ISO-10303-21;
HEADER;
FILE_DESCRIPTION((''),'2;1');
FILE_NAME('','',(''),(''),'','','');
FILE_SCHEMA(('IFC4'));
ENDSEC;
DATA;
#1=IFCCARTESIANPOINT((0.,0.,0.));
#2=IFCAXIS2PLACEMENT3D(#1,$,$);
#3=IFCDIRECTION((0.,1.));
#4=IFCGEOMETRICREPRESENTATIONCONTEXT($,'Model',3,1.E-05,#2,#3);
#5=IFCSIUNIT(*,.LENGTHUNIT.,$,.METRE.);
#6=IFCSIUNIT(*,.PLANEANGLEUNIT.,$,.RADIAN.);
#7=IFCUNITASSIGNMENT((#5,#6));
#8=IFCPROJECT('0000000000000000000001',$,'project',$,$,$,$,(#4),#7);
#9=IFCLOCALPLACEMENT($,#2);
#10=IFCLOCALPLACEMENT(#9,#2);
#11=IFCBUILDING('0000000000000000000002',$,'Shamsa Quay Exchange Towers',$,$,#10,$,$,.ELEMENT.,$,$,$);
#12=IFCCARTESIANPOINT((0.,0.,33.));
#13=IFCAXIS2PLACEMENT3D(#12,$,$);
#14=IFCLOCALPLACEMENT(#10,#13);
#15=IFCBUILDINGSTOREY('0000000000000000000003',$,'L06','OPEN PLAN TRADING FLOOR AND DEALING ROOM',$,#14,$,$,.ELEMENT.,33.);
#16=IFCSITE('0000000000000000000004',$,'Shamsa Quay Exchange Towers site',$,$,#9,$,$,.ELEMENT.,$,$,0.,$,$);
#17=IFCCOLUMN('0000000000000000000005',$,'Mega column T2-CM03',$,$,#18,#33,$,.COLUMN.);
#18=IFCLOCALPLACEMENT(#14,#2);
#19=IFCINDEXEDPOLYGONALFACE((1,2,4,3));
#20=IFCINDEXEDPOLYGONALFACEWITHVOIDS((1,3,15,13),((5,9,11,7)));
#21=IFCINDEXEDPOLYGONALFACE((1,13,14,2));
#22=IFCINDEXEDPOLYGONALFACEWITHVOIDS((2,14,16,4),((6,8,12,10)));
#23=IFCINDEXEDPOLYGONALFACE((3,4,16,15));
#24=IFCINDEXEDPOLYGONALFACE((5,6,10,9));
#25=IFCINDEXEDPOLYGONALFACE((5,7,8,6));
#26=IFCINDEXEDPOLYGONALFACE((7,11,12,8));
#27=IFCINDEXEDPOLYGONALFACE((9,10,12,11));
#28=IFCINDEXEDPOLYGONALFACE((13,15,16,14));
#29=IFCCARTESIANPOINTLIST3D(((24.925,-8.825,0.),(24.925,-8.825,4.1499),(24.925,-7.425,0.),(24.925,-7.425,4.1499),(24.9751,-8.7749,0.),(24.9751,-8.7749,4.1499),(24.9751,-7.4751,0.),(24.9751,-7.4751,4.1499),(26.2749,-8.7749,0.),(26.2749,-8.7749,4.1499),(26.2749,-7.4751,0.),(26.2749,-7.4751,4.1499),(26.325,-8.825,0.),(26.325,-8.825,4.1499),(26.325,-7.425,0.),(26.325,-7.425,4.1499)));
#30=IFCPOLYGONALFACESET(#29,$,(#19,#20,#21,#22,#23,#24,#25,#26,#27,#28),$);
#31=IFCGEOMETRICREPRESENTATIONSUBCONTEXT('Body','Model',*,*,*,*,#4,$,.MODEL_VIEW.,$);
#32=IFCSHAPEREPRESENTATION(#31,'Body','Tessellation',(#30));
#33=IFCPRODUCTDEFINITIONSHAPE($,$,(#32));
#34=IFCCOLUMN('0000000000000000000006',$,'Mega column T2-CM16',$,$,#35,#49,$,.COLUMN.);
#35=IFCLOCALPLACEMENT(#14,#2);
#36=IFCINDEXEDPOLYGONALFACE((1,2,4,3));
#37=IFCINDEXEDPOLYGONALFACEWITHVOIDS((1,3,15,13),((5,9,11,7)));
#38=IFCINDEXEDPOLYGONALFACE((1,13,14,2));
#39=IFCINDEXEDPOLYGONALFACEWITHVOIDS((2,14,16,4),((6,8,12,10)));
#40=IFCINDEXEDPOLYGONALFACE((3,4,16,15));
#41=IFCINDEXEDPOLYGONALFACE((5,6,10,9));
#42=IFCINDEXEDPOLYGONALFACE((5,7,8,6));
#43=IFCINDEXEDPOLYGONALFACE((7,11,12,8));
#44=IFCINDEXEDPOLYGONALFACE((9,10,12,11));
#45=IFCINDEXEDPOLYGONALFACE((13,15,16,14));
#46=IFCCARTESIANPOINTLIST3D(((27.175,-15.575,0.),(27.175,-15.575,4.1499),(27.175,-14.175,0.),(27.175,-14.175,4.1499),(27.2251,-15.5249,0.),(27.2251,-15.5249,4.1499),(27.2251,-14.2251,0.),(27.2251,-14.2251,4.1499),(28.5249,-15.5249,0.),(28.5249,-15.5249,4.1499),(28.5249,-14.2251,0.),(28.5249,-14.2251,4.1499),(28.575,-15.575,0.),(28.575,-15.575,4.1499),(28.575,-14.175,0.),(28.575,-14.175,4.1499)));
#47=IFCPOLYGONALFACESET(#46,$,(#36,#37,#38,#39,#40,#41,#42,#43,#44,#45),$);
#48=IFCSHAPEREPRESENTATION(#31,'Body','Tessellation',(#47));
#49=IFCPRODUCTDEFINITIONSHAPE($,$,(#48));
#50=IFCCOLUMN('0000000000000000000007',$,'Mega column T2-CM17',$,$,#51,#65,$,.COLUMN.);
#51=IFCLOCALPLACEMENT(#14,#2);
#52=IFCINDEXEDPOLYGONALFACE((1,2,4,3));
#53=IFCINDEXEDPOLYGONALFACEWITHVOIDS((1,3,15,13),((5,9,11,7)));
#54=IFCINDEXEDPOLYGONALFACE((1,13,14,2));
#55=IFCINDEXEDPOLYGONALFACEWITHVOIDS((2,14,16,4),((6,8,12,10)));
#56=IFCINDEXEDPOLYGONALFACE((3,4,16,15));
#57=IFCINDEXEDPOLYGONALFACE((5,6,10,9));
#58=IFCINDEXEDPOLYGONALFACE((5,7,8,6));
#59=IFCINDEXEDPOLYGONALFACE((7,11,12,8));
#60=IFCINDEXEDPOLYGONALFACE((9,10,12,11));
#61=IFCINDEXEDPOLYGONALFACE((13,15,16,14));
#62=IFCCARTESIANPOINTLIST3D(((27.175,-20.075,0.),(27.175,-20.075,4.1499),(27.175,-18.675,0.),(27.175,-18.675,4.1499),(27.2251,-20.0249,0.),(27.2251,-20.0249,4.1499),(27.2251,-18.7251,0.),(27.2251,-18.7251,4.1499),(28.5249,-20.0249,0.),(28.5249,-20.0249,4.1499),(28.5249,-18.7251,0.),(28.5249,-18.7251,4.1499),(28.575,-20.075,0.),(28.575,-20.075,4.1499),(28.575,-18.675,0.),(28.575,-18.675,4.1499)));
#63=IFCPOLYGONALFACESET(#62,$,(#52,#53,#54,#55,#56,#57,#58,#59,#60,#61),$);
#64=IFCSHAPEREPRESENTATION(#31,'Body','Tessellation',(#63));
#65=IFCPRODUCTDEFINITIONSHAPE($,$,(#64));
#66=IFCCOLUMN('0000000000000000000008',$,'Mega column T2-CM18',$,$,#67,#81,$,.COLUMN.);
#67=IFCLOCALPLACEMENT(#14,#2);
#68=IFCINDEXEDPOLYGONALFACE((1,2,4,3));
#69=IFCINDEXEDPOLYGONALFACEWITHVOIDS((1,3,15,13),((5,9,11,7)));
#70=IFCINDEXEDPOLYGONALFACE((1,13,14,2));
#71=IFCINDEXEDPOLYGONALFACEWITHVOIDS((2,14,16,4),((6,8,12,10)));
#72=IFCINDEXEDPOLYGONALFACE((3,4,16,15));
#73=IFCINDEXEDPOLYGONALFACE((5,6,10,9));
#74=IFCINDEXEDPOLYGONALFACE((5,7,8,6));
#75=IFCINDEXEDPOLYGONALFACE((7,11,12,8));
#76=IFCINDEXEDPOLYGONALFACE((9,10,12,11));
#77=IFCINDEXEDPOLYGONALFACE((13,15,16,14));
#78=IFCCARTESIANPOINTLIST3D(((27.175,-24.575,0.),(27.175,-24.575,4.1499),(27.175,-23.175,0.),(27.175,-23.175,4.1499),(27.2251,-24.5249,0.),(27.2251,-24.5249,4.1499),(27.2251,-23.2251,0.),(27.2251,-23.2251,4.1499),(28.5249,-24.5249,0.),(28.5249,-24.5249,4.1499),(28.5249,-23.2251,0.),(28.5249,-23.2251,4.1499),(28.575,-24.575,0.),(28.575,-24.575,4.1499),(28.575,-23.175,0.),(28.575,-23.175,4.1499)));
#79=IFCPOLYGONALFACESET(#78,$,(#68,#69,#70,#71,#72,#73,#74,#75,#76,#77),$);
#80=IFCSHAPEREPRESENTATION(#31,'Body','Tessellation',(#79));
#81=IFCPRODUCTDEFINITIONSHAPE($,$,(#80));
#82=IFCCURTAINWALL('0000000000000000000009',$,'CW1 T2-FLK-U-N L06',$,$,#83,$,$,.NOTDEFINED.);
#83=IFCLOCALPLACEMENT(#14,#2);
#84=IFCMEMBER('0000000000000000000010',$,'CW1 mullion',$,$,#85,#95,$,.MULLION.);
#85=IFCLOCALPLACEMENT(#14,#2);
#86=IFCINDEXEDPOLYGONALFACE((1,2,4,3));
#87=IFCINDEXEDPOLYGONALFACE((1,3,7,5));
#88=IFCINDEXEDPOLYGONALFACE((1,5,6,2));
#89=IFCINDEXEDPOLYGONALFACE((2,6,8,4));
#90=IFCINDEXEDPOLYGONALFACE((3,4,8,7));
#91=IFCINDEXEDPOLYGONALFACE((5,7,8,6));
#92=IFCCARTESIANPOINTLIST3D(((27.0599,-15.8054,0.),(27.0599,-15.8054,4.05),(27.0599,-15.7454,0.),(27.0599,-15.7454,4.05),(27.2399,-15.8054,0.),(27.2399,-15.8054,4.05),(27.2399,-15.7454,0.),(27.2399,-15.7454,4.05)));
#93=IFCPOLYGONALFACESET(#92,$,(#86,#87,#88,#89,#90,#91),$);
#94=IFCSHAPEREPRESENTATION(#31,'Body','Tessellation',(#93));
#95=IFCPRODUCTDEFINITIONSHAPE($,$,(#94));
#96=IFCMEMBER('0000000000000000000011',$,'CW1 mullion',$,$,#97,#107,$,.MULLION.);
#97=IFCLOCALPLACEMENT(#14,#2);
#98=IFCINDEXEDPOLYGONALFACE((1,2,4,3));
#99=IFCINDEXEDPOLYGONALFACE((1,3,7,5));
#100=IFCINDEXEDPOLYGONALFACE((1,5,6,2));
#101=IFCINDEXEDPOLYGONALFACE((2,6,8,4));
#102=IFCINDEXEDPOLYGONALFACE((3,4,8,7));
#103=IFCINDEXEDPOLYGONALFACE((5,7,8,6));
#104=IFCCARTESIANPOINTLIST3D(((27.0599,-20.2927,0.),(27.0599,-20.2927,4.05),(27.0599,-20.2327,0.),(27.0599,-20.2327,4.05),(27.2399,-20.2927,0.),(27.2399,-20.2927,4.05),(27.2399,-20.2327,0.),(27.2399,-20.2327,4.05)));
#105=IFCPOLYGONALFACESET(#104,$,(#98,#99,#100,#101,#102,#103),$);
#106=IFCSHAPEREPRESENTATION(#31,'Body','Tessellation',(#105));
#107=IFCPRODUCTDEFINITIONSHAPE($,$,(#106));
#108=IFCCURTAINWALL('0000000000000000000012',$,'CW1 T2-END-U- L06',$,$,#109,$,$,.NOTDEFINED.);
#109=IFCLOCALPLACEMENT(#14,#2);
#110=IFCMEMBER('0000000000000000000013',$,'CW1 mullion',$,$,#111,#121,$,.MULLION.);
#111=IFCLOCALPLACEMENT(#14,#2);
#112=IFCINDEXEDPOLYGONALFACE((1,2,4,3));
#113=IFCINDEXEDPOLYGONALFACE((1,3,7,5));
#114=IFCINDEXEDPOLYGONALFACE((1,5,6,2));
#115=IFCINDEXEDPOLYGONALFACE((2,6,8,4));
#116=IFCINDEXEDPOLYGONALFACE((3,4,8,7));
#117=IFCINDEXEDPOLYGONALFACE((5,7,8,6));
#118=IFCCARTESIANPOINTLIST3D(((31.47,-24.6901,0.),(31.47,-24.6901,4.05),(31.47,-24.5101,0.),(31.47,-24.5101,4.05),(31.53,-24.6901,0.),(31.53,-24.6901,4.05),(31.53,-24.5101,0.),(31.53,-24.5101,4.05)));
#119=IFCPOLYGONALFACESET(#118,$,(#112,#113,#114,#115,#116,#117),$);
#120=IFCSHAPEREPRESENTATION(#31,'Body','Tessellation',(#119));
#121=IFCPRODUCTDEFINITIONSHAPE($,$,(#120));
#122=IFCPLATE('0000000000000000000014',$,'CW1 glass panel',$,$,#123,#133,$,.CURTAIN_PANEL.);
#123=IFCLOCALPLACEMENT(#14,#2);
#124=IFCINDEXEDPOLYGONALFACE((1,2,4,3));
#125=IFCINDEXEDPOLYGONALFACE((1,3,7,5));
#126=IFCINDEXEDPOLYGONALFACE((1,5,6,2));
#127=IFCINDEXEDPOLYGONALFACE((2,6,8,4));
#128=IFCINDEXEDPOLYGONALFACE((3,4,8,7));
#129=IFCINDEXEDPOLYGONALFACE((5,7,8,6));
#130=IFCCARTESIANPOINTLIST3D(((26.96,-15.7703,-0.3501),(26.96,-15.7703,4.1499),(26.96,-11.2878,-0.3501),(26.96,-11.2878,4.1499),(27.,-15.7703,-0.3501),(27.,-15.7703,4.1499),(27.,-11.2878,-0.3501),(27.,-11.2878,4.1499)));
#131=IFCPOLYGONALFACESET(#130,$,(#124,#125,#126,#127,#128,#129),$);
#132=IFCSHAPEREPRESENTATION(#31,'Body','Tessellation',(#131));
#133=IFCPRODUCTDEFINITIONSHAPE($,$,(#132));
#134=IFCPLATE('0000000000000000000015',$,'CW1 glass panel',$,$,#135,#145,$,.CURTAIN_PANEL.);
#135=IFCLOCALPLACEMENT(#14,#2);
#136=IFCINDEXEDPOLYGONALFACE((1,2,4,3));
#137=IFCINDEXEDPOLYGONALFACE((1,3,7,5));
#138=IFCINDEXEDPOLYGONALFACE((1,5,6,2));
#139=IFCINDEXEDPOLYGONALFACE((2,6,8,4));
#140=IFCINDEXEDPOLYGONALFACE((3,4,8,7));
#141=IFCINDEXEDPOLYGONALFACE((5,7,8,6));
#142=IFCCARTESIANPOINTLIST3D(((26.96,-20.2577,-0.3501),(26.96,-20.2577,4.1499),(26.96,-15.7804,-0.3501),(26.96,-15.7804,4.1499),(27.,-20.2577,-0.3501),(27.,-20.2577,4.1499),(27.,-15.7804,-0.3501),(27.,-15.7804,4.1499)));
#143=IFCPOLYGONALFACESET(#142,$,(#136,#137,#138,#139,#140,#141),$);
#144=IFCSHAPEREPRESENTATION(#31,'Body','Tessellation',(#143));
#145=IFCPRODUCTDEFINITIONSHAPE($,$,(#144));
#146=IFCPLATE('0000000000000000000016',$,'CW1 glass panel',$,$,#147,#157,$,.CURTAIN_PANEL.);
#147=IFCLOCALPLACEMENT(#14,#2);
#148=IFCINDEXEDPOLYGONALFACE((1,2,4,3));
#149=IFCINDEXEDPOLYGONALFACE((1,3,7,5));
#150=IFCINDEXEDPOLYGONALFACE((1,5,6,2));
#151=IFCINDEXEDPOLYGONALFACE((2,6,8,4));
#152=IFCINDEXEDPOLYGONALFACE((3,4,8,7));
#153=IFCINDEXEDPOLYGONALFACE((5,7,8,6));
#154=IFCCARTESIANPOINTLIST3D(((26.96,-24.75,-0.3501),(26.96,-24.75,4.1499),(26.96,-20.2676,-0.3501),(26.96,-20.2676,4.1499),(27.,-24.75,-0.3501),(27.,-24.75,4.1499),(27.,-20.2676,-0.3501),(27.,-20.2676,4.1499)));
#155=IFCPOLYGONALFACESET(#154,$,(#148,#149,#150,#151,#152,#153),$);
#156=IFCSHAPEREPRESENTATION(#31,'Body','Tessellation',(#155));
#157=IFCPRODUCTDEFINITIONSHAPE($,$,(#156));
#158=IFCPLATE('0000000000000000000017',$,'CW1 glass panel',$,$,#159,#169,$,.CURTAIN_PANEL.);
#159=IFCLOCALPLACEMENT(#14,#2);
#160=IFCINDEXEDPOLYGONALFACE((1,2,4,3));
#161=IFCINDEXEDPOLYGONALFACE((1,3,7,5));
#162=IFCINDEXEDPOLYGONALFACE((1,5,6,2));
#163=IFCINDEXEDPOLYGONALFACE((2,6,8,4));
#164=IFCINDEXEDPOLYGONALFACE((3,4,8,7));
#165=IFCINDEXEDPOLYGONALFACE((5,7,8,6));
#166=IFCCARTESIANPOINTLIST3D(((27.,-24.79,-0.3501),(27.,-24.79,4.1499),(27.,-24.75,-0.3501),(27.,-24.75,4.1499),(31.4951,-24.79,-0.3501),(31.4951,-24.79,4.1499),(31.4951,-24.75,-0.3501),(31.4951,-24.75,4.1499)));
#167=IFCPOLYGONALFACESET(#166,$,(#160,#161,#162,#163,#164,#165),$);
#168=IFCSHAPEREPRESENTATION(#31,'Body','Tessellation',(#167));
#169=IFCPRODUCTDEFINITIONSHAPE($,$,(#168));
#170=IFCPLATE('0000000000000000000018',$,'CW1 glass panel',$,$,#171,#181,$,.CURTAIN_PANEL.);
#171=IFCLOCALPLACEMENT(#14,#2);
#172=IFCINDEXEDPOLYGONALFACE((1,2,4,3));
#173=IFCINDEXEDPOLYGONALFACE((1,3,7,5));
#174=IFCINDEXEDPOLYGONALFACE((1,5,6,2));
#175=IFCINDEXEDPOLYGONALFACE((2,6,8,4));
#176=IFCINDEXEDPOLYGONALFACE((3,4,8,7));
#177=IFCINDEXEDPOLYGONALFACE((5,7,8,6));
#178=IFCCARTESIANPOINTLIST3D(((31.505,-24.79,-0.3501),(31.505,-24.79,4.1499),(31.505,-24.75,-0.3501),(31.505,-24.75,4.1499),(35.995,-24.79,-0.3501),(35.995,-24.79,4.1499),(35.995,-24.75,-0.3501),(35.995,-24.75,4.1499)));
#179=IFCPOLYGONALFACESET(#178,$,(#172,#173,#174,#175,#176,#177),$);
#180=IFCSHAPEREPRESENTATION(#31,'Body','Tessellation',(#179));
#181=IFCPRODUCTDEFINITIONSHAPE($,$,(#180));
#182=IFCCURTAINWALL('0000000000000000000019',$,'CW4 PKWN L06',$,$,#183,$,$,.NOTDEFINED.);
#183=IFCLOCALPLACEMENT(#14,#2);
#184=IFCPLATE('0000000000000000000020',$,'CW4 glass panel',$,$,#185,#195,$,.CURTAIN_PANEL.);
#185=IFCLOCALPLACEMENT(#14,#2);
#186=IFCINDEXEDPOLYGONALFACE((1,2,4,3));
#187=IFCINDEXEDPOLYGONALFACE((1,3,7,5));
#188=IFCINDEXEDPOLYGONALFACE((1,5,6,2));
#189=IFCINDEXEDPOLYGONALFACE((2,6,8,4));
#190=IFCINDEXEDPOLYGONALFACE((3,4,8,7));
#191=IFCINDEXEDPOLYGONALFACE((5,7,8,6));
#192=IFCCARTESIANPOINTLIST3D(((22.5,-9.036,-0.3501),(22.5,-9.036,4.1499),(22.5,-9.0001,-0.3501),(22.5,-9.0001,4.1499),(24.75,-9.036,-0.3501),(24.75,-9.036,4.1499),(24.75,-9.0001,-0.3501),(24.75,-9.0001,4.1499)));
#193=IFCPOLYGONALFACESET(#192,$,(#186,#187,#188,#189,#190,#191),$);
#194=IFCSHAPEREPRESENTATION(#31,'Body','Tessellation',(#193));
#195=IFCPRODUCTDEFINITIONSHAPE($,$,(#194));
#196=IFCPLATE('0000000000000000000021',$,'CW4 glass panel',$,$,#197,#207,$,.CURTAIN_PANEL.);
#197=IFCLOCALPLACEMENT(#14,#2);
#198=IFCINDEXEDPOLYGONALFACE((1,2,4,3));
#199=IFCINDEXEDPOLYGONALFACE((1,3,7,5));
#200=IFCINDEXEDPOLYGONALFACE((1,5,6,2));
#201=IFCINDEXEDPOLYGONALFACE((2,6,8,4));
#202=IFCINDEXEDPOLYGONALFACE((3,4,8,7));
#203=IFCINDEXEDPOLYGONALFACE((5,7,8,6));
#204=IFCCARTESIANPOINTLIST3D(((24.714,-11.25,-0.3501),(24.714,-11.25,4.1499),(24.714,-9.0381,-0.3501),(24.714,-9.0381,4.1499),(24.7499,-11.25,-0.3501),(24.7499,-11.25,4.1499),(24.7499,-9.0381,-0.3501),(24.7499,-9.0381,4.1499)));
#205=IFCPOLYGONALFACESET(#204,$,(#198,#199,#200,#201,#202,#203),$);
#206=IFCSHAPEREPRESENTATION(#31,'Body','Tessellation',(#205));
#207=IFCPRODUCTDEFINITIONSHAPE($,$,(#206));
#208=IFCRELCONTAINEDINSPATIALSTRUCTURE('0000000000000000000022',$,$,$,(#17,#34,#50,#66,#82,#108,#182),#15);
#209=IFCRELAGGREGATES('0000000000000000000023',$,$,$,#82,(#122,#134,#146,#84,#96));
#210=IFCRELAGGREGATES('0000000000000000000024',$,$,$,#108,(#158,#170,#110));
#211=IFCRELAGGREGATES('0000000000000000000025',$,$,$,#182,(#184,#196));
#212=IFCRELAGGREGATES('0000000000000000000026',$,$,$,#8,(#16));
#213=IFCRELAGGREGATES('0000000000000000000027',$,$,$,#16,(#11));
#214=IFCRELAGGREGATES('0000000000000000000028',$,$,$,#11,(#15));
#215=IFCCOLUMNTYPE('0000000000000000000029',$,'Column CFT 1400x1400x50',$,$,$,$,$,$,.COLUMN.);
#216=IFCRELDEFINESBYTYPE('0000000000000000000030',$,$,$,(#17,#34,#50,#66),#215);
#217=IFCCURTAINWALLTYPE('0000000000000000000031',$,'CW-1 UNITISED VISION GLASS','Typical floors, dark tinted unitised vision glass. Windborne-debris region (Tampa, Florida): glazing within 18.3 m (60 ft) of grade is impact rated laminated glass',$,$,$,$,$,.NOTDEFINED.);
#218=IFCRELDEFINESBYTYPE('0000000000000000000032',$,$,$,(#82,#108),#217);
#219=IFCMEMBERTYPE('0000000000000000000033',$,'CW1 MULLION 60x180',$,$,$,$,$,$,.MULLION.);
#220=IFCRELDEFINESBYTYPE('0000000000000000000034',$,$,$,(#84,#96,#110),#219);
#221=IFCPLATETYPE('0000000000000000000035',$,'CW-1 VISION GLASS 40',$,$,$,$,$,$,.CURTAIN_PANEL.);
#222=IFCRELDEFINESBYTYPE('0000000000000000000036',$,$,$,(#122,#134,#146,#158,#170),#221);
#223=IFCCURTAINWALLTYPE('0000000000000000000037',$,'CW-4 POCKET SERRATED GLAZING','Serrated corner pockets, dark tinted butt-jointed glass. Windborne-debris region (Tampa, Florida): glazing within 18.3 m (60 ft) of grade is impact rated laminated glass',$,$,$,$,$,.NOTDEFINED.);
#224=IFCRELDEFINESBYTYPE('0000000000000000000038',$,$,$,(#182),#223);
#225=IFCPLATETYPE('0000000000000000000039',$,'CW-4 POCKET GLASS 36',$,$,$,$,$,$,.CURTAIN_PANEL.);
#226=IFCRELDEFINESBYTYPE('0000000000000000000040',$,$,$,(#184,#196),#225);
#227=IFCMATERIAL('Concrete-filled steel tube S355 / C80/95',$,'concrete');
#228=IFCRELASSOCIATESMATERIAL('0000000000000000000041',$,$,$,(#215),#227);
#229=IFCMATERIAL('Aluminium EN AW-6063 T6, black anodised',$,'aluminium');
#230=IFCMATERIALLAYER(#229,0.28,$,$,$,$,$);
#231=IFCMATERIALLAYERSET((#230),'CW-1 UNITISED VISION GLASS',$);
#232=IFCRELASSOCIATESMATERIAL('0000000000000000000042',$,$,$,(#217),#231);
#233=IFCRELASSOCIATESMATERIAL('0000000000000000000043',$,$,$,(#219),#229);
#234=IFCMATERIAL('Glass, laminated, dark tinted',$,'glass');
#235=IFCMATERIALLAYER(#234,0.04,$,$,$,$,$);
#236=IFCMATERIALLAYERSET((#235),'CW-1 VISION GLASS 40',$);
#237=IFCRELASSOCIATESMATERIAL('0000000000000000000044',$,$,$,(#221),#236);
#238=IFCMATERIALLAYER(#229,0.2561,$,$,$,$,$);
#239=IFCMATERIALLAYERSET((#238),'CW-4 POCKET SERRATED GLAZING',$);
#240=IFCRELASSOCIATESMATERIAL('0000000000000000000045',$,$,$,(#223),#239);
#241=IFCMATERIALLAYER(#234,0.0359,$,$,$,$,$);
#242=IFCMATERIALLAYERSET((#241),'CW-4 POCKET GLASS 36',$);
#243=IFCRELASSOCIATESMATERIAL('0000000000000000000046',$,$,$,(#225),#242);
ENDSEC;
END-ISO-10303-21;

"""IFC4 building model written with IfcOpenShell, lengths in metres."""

from ifc_helpers import new_model, si_unit, direction, frame, origin, origin_2d, place, context, subcontext, project, spatial, rectangle, hollow_rectangle, extrude, material, layer, layer_set, material_profile, profile_set, type_object, element, aggregate, save


model = new_model("IFC4")

# Units and contexts
model_context = context("Model", 3, precision=1e-05, world=origin(), true_north=direction((0.0, 1.0)))
body_context = subcontext(model_context, "Body", "Model", "MODEL_VIEW")
ifc_project = project(units=[si_unit("LENGTHUNIT", "METRE"), si_unit("PLANEANGLEUNIT", "RADIAN")], contexts=[model_context])

# Site, building, storey
site_placement = place(None, origin())
site = spatial("IfcSite", under=ifc_project, at=site_placement, Name="Shamsa Quay Exchange Towers site", CompositionType="ELEMENT", RefElevation=0.0)
building_placement = place(site_placement, origin())
building = spatial("IfcBuilding", under=site, at=building_placement, Name="Shamsa Quay Exchange Towers", CompositionType="ELEMENT")
storey_placement = place(building_placement, frame((0.0, 0.0, 33.0)))
storey = spatial("IfcBuildingStorey", under=building, at=storey_placement, Name="L06", Description="OPEN PLAN TRADING FLOOR AND DEALING ROOM", CompositionType="ELEMENT", Elevation=33.0)

# Columns
ifc_material_1 = material(Name="Concrete-filled steel tube S355 / C80/95", Category="concrete")
ifc_material_profile_1 = material_profile(ifc_material_1, hollow_rectangle(XDim=1.3999, YDim=1.3999, WallThickness=0.05, at=origin_2d()), Name="CFT 1400x1400x50")
ifc_profile_set_1 = profile_set([ifc_material_profile_1], Name="Concrete-filled steel tube S355 / C80/95")
column_type = type_object("IfcColumnType", Name="Column CFT 1400x1400x50", PredefinedType="COLUMN", material=ifc_profile_set_1)
for number, where, name in (
    (1, (25.625, -8.125, 0.0), "Mega column T2-CM03"),
    (2, (27.875, -14.875, 0.0), "Mega column T2-CM16"),
    (3, (27.875, -19.375, 0.0), "Mega column T2-CM17"),
    (4, (27.875, -23.875, 0.0), "Mega column T2-CM18"),
):
    element("IfcColumn", number, at=place(storey_placement, frame(where)), inside=storey, type_object=column_type, Name=name, PredefinedType="COLUMN", context=body_context, shape_type="SweptSolid", body=[
        extrude(hollow_rectangle(XDim=1.3999, YDim=1.3999, WallThickness=0.05, at=origin_2d()), origin(), (0.0, 0.0, 1.0), 4.1499),
    ])

# Curtain wall, members
ifc_material_2 = material(Name="Aluminium EN AW-6063 T6, black anodised", Category="aluminium")
ifc_layer_1 = layer(ifc_material_2, 0.28)
ifc_layer_set_1 = layer_set([ifc_layer_1], Name="CW-1 UNITISED VISION GLASS")
curtain_wall_type_1 = type_object("IfcCurtainWallType", Name="CW-1 UNITISED VISION GLASS", Description="Typical floors, dark tinted unitised vision glass. Windborne-debris region (Tampa, Florida): glazing within 18.3 m (60 ft) of grade is impact rated laminated glass", PredefinedType="NOTDEFINED", material=ifc_layer_set_1)
curtain_wall_1_placement = place(storey_placement, origin())
curtain_wall_1 = element("IfcCurtainWall", 5, at=curtain_wall_1_placement, inside=storey, type_object=curtain_wall_type_1, Name="CW1 T2-FLK-U-N L06", PredefinedType="NOTDEFINED")
ifc_material_profile_2 = material_profile(ifc_material_2, rectangle(XDim=0.1799, YDim=0.0601, at=origin_2d()), Name="MU60x180")
ifc_profile_set_2 = profile_set([ifc_material_profile_2], Name="Aluminium EN AW-6063 T6, black anodised")
member_type = type_object("IfcMemberType", Name="CW1 MULLION 60x180", PredefinedType="MULLION", material=ifc_profile_set_2)
member_1_placement = place(storey_placement, frame((27.1499, -15.7754, 0.0)))
member_1 = element("IfcMember", 6, at=member_1_placement, type_object=member_type, Name="CW1 mullion", PredefinedType="MULLION", context=body_context, shape_type="SweptSolid", body=[
    extrude(rectangle(XDim=0.1799, YDim=0.0601, at=origin_2d()), origin(), (0.0, 0.0, 1.0), 4.05),
])
member_2_placement = place(storey_placement, frame((27.1499, -20.2627, 0.0)))
member_2 = element("IfcMember", 7, at=member_2_placement, type_object=member_type, Name="CW1 mullion", PredefinedType="MULLION", context=body_context, shape_type="SweptSolid", body=[
    extrude(rectangle(XDim=0.1799, YDim=0.0601, at=origin_2d()), origin(), (0.0, 0.0, 1.0), 4.05),
])

# Curtain wall, member
curtain_wall_2_placement = place(storey_placement, origin())
curtain_wall_2 = element("IfcCurtainWall", 8, at=curtain_wall_2_placement, inside=storey, type_object=curtain_wall_type_1, Name="CW1 T2-END-U- L06", PredefinedType="NOTDEFINED")
member_3_placement = place(storey_placement, frame((31.5, -24.6001, 0.0), z_axis=(0.0, 0.0, 1.0), x_axis=(0.0, 1.0, 0.0)))
member_3 = element("IfcMember", 9, at=member_3_placement, type_object=member_type, Name="CW1 mullion", PredefinedType="MULLION", context=body_context, shape_type="SweptSolid", body=[
    extrude(rectangle(XDim=0.1799, YDim=0.0601, at=origin_2d()), origin(), (0.0, 0.0, 1.0), 4.05),
])

# Plates
ifc_material_3 = material(Name="Glass, laminated, dark tinted", Category="glass")
ifc_layer_2 = layer(ifc_material_3, 0.04)
ifc_layer_set_2 = layer_set([ifc_layer_2], Name="CW-1 VISION GLASS 40")
plate_type_1 = type_object("IfcPlateType", Name="CW-1 VISION GLASS 40", PredefinedType="CURTAIN_PANEL", material=ifc_layer_set_2)
plate_1_placement = place(storey_placement, frame((26.98, -13.5291, -0.3501), z_axis=(0.0, 0.0, 1.0), x_axis=(0.0, -1.0, 0.0)))
plate_1 = element("IfcPlate", 10, at=plate_1_placement, type_object=plate_type_1, Name="CW1 glass panel", PredefinedType="CURTAIN_PANEL", context=body_context, shape_type="SweptSolid", body=[
    extrude(rectangle(XDim=4.4824, YDim=0.04, at=origin_2d()), origin(), (0.0, 0.0, 1.0), 4.5),
])
plate_2_placement = place(storey_placement, frame((26.98, -18.019, -0.3501), z_axis=(0.0, 0.0, 1.0), x_axis=(0.0, -1.0, 0.0)))
plate_2 = element("IfcPlate", 11, at=plate_2_placement, type_object=plate_type_1, Name="CW1 glass panel", PredefinedType="CURTAIN_PANEL", context=body_context, shape_type="SweptSolid", body=[
    extrude(rectangle(XDim=4.4773, YDim=0.04, at=origin_2d()), origin(), (0.0, 0.0, 1.0), 4.5),
])
plate_3_placement = place(storey_placement, frame((26.98, -22.5088, -0.3501), z_axis=(0.0, 0.0, 1.0), x_axis=(0.0, -1.0, 0.0)))
plate_3 = element("IfcPlate", 12, at=plate_3_placement, type_object=plate_type_1, Name="CW1 glass panel", PredefinedType="CURTAIN_PANEL", context=body_context, shape_type="SweptSolid", body=[
    extrude(rectangle(XDim=4.4824, YDim=0.04, at=origin_2d()), origin(), (0.0, 0.0, 1.0), 4.5),
])
aggregate(curtain_wall_1, [plate_1, plate_2, plate_3, member_1, member_2])
plate_4_placement = place(storey_placement, frame((29.2476, -24.77, -0.3501)))
plate_4 = element("IfcPlate", 13, at=plate_4_placement, type_object=plate_type_1, Name="CW1 glass panel", PredefinedType="CURTAIN_PANEL", context=body_context, shape_type="SweptSolid", body=[
    extrude(rectangle(XDim=4.4951, YDim=0.04, at=origin_2d()), origin(), (0.0, 0.0, 1.0), 4.5),
])
plate_5_placement = place(storey_placement, frame((33.75, -24.77, -0.3501)))
plate_5 = element("IfcPlate", 14, at=plate_5_placement, type_object=plate_type_1, Name="CW1 glass panel", PredefinedType="CURTAIN_PANEL", context=body_context, shape_type="SweptSolid", body=[
    extrude(rectangle(XDim=4.49, YDim=0.04, at=origin_2d()), origin(), (0.0, 0.0, 1.0), 4.5),
])
aggregate(curtain_wall_2, [plate_4, plate_5, member_3])

# Curtain wall, plates
ifc_layer_3 = layer(ifc_material_2, 0.2561)
ifc_layer_set_3 = layer_set([ifc_layer_3], Name="CW-4 POCKET SERRATED GLAZING")
curtain_wall_type_2 = type_object("IfcCurtainWallType", Name="CW-4 POCKET SERRATED GLAZING", Description="Serrated corner pockets, dark tinted butt-jointed glass. Windborne-debris region (Tampa, Florida): glazing within 18.3 m (60 ft) of grade is impact rated laminated glass", PredefinedType="NOTDEFINED", material=ifc_layer_set_3)
curtain_wall_3_placement = place(storey_placement, origin())
curtain_wall_3 = element("IfcCurtainWall", 15, at=curtain_wall_3_placement, inside=storey, type_object=curtain_wall_type_2, Name="CW4 PKWN L06", PredefinedType="NOTDEFINED")
ifc_layer_4 = layer(ifc_material_3, 0.0359)
ifc_layer_set_4 = layer_set([ifc_layer_4], Name="CW-4 POCKET GLASS 36")
plate_type_2 = type_object("IfcPlateType", Name="CW-4 POCKET GLASS 36", PredefinedType="CURTAIN_PANEL", material=ifc_layer_set_4)
plate_6_placement = place(storey_placement, frame((23.625, -9.0181, -0.3501)))
plate_6 = element("IfcPlate", 16, at=plate_6_placement, type_object=plate_type_2, Name="CW4 glass panel", PredefinedType="CURTAIN_PANEL", context=body_context, shape_type="SweptSolid", body=[
    extrude(rectangle(XDim=2.25, YDim=0.0359, at=origin_2d()), origin(), (0.0, 0.0, 1.0), 4.5),
])
plate_7_placement = place(storey_placement, frame((24.7319, -10.144, -0.3501), z_axis=(0.0, 0.0, 1.0), x_axis=(0.0, -1.0, 0.0)))
plate_7 = element("IfcPlate", 17, at=plate_7_placement, type_object=plate_type_2, Name="CW4 glass panel", PredefinedType="CURTAIN_PANEL", context=body_context, shape_type="SweptSolid", body=[
    extrude(rectangle(XDim=2.2119, YDim=0.0359, at=origin_2d()), origin(), (0.0, 0.0, 1.0), 4.5),
])
aggregate(curtain_wall_3, [plate_6, plate_7])

save(model, "model.ifc")
